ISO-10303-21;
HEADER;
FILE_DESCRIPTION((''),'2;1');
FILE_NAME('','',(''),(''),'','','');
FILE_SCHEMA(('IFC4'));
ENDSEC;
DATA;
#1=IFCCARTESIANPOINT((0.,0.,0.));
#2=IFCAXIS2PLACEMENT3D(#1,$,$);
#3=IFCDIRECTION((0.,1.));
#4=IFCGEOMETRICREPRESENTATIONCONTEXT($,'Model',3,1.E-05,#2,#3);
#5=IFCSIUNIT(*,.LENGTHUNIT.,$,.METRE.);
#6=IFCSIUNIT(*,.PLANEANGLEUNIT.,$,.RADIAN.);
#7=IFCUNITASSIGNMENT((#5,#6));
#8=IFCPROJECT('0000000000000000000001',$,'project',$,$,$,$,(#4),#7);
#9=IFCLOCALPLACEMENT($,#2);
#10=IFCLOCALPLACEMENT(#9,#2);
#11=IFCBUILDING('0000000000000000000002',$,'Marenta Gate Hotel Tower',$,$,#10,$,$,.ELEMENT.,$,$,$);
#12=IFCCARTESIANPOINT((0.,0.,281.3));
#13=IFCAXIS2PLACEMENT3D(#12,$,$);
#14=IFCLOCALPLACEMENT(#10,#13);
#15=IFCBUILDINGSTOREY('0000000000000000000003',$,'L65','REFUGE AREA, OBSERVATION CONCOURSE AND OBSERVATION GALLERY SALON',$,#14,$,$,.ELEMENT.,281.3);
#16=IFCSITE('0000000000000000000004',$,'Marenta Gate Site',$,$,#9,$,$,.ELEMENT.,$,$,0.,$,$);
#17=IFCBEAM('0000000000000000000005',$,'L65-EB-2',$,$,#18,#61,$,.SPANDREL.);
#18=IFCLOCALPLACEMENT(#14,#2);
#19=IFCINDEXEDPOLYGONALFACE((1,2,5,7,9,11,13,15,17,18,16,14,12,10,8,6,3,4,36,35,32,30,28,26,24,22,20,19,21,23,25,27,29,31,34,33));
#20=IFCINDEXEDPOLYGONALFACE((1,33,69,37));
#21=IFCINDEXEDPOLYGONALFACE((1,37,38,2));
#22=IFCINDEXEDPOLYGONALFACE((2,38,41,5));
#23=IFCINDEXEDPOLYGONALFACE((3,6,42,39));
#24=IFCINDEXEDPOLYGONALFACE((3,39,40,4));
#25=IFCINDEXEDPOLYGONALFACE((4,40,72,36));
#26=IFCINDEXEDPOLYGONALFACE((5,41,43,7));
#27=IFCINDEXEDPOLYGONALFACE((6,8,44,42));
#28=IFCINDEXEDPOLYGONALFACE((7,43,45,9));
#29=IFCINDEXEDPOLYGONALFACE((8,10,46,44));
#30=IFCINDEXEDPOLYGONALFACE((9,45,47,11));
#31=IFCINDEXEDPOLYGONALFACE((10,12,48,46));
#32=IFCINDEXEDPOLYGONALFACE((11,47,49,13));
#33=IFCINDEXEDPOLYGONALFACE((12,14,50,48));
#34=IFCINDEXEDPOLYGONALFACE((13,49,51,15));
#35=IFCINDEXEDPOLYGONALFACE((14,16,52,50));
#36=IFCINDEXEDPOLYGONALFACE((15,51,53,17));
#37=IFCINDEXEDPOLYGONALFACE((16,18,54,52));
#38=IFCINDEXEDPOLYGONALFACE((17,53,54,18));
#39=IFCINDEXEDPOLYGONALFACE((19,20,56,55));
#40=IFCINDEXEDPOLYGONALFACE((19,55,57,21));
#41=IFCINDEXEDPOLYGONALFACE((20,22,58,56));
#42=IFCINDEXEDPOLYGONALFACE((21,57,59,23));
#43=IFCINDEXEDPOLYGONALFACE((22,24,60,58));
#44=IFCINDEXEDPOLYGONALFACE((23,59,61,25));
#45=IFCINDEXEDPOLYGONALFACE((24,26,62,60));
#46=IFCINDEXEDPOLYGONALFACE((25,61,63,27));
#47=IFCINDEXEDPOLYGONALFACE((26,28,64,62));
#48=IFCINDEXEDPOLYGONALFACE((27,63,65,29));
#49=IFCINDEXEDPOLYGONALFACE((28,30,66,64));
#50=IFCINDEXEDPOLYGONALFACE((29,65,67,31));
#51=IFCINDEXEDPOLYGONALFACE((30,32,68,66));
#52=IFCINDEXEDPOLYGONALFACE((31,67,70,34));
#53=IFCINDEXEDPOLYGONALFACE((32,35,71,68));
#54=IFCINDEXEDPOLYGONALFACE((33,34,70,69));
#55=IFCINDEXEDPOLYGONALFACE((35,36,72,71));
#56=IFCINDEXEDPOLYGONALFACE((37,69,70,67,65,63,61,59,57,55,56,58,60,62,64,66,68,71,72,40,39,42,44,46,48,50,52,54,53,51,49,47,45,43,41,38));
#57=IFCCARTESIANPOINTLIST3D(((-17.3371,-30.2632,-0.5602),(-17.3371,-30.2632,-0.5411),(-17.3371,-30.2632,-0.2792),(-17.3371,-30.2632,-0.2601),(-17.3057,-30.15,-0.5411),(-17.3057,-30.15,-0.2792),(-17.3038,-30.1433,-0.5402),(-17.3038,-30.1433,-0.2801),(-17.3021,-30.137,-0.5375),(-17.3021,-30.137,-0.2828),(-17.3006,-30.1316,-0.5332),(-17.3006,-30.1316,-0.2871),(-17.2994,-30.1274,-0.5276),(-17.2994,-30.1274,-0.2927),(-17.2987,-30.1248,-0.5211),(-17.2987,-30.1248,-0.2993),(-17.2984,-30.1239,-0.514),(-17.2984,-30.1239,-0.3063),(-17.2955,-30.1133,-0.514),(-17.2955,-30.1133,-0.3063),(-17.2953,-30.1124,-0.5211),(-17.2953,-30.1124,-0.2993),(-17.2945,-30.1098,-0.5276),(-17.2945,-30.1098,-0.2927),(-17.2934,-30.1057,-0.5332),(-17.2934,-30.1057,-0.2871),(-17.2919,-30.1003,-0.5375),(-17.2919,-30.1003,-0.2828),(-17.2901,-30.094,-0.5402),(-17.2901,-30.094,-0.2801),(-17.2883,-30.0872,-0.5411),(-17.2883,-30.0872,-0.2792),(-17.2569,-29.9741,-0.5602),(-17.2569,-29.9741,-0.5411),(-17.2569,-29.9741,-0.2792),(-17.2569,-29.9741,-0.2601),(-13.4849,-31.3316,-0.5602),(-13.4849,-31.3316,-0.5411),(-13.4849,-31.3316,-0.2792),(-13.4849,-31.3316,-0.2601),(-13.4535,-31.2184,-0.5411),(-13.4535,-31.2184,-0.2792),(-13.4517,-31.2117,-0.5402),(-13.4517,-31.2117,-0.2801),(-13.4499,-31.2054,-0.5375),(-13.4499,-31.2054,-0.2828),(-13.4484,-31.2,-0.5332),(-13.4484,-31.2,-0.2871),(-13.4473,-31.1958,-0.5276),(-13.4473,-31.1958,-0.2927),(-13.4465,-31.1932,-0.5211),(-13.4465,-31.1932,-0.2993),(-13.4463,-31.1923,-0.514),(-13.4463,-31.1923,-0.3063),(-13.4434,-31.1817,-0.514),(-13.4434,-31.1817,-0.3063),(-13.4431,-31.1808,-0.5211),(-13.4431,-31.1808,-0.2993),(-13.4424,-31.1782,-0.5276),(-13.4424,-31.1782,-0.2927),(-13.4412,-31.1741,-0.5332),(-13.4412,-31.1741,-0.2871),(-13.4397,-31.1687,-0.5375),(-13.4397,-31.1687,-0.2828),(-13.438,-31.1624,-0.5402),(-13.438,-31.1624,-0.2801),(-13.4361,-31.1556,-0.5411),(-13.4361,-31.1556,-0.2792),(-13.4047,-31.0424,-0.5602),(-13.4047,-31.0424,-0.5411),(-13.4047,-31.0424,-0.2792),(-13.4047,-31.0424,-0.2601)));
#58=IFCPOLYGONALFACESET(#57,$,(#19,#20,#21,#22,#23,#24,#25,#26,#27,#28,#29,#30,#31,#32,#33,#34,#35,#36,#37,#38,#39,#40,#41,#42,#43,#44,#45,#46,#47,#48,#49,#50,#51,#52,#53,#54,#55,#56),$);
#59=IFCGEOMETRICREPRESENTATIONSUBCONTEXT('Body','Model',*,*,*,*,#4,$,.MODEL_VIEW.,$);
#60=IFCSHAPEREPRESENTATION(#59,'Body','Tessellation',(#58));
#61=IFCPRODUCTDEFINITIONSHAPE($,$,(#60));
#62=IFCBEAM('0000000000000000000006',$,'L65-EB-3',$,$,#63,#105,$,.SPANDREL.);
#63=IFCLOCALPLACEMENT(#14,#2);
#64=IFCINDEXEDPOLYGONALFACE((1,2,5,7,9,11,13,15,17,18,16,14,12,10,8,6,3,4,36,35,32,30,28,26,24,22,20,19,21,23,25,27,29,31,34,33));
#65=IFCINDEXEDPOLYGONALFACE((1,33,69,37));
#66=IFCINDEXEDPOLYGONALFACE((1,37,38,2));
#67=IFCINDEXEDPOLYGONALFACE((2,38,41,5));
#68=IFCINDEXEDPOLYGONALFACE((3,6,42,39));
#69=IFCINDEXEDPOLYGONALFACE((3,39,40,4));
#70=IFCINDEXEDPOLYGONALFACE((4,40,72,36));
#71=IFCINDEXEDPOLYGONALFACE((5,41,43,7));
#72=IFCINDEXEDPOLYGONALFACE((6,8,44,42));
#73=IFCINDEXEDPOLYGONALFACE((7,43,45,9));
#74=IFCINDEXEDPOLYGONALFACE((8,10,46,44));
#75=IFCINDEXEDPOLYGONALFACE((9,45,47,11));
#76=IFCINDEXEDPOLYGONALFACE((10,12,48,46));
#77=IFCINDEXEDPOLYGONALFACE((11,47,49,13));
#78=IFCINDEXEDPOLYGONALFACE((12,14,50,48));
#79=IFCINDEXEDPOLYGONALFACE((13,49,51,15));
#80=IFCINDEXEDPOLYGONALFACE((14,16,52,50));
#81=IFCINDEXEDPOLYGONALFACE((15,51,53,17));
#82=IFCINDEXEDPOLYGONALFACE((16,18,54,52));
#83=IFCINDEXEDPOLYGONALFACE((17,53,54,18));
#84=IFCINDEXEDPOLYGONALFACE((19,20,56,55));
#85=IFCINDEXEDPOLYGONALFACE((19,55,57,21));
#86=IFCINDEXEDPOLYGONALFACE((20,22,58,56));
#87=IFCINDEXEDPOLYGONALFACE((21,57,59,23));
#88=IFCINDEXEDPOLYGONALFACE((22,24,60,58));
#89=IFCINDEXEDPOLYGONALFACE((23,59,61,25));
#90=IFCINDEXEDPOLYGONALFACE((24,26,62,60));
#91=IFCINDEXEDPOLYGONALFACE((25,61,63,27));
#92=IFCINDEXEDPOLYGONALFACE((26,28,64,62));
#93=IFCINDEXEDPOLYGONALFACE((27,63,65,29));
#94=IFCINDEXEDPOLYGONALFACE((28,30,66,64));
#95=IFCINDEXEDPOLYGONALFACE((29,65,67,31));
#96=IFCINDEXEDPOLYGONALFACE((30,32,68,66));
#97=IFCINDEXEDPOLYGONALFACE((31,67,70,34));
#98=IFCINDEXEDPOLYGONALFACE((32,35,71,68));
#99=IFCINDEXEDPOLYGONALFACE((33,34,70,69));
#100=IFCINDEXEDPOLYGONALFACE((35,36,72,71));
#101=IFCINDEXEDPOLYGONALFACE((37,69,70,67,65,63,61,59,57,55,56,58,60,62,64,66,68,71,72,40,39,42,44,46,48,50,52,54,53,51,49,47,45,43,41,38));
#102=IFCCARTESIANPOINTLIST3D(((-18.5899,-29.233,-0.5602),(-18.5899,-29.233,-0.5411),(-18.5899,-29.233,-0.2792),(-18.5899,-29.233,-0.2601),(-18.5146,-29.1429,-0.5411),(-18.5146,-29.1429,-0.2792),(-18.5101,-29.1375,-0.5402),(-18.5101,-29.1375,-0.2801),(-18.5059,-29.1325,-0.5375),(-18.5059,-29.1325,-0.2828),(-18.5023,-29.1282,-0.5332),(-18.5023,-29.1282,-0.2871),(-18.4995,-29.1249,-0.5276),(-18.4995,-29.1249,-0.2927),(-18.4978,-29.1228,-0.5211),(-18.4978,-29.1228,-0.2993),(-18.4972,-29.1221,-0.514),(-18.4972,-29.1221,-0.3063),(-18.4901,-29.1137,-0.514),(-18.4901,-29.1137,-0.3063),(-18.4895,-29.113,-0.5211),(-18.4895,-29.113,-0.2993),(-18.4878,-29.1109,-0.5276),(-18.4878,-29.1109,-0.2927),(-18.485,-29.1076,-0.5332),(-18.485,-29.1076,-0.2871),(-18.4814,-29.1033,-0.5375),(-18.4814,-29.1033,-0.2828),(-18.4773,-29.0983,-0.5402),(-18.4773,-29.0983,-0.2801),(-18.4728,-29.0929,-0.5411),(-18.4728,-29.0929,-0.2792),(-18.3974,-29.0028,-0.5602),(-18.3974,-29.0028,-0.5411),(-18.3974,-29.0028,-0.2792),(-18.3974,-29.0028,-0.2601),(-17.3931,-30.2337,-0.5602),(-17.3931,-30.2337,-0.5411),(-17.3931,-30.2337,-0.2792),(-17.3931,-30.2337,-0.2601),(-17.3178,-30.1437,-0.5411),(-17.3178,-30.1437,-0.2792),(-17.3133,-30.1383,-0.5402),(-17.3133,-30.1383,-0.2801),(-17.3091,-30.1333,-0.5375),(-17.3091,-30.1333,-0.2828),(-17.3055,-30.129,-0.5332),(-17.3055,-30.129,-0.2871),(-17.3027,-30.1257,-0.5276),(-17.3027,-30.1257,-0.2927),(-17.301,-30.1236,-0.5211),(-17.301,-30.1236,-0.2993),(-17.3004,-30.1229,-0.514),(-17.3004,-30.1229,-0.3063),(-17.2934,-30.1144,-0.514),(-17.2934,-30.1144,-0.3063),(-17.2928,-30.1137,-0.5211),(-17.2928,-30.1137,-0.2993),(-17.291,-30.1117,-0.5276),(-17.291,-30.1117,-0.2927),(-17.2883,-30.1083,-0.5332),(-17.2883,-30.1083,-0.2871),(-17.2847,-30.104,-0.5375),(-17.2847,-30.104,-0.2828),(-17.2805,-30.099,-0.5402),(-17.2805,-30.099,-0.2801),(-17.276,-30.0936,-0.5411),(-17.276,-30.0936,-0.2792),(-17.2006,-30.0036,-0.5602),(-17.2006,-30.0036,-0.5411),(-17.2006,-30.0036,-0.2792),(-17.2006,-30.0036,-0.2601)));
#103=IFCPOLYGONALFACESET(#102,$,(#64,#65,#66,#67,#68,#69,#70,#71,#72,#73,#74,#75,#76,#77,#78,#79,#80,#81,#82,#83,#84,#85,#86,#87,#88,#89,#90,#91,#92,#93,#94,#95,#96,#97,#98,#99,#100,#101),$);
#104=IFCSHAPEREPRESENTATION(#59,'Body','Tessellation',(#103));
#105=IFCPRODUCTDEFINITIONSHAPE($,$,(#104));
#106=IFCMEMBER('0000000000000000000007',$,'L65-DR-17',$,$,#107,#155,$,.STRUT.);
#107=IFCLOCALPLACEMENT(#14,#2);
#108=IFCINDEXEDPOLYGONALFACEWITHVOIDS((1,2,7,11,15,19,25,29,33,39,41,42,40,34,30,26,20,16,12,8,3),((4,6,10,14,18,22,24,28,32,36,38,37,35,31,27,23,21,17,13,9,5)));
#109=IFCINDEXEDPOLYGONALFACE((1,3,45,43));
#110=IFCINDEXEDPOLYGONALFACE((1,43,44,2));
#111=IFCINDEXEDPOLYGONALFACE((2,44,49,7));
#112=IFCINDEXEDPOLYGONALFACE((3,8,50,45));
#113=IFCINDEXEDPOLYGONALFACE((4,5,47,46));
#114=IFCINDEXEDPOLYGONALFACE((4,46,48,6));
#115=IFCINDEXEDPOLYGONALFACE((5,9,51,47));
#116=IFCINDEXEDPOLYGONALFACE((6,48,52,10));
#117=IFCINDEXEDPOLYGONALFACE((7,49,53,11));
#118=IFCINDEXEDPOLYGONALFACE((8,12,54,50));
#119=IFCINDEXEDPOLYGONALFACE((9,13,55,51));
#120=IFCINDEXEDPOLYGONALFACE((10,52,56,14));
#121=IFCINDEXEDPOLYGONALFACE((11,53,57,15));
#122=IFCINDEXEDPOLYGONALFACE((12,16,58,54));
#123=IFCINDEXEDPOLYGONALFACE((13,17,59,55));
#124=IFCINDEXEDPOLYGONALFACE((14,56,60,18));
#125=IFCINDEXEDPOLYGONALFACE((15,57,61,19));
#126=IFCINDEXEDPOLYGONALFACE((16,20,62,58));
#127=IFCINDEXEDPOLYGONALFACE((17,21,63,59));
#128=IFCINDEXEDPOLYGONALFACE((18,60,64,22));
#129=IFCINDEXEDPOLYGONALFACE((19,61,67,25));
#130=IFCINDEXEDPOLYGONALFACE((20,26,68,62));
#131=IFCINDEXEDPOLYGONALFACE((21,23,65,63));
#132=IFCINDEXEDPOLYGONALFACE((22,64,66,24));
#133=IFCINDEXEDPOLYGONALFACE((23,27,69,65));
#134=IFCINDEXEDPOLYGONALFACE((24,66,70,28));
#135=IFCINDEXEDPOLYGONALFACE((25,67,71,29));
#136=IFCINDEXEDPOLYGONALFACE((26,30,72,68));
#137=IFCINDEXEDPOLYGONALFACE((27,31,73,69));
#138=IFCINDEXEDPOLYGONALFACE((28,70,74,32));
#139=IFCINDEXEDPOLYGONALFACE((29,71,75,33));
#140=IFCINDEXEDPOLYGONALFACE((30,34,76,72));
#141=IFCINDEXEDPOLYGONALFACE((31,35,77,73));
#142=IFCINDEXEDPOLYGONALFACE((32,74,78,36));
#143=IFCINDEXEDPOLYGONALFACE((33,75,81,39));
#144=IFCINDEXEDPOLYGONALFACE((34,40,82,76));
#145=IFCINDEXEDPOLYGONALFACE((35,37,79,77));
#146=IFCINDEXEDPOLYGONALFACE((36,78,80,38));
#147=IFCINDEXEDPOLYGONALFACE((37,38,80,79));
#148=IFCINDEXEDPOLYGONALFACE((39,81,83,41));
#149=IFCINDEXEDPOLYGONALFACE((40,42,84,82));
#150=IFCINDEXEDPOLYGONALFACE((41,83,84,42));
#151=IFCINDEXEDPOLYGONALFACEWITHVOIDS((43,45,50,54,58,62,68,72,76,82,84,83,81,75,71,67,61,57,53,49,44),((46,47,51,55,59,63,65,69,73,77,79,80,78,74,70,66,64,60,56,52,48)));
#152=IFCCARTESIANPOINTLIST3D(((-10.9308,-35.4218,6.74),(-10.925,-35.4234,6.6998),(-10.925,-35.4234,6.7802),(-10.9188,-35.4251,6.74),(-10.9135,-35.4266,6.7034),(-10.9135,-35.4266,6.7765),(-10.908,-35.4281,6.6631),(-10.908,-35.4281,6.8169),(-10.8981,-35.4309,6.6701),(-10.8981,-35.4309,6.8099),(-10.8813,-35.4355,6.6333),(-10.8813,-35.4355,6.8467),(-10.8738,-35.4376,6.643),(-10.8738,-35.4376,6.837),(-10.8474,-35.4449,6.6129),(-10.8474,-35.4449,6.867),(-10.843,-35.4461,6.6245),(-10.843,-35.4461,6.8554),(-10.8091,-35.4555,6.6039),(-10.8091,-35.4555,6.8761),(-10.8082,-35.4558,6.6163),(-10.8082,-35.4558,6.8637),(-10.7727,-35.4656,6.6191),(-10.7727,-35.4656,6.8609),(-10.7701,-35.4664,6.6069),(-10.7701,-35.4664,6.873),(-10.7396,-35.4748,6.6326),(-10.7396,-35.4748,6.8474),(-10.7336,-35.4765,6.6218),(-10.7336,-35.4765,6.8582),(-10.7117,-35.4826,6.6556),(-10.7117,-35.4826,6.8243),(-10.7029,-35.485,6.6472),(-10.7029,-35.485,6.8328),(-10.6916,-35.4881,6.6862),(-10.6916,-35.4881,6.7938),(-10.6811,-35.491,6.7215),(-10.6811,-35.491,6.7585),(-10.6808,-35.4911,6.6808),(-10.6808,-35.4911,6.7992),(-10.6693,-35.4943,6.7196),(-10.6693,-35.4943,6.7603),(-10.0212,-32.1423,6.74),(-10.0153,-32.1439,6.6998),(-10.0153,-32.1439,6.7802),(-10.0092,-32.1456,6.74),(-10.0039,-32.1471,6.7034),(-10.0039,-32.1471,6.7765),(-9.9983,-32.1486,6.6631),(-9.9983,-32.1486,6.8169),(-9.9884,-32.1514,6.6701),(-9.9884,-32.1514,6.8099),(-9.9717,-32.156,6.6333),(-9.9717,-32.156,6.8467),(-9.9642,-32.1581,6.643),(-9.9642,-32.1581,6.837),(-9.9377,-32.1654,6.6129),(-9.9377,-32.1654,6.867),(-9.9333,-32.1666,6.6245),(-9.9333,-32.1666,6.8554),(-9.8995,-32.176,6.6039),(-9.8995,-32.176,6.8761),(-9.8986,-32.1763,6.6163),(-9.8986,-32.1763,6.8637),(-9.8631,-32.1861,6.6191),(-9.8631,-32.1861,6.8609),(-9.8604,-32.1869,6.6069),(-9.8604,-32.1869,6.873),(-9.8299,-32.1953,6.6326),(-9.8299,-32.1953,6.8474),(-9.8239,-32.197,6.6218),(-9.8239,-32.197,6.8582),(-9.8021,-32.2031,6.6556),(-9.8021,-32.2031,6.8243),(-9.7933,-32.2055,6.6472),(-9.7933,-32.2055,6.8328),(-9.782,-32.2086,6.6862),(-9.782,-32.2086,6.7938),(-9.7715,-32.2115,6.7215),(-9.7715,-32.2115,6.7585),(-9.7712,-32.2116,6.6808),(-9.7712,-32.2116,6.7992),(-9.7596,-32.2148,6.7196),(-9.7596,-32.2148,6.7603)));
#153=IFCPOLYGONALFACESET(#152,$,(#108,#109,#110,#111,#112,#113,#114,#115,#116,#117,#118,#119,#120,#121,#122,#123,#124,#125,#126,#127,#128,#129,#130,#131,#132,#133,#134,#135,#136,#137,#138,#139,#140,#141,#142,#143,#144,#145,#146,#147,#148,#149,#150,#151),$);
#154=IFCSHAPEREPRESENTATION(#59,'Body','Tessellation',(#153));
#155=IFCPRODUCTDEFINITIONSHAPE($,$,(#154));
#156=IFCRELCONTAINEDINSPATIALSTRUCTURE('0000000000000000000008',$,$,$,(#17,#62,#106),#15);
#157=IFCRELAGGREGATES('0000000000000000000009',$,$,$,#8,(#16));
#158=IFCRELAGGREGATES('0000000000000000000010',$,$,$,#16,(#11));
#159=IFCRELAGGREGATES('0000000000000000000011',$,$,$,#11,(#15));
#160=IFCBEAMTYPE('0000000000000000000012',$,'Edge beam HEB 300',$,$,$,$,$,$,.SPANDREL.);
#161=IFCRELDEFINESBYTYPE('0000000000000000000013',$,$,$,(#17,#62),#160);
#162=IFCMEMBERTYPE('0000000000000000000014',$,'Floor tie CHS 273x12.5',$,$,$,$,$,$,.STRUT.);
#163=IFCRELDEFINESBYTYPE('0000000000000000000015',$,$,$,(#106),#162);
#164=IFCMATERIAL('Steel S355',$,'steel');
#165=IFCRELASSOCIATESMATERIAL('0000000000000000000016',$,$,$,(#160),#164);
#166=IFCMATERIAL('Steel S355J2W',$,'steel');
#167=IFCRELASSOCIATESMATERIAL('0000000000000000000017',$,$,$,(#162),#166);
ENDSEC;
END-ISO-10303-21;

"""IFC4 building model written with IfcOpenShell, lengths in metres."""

from ifc_helpers import new_model, si_unit, direction, frame, origin, origin_2d, place, context, subcontext, project, spatial, hollow_circle, i_section, extrude, material, material_profile, profile_set, type_object, element, save


model = new_model("IFC4")

# Units and contexts
model_context = context("Model", 3, precision=1e-05, world=origin(), true_north=direction((0.0, 1.0)))
body_context = subcontext(model_context, "Body", "Model", "MODEL_VIEW")
ifc_project = project(units=[si_unit("LENGTHUNIT", "METRE"), si_unit("PLANEANGLEUNIT", "RADIAN")], contexts=[model_context])

# Site, building, storey
site_placement = place(None, origin())
site = spatial("IfcSite", under=ifc_project, at=site_placement, Name="Marenta Gate Site", CompositionType="ELEMENT", RefElevation=0.0)
building_placement = place(site_placement, origin())
building = spatial("IfcBuilding", under=site, at=building_placement, Name="Marenta Gate Hotel Tower", CompositionType="ELEMENT")
storey_placement = place(building_placement, frame((0.0, 0.0, 281.3)))
storey = spatial("IfcBuildingStorey", under=building, at=storey_placement, Name="L65", Description="REFUGE AREA, OBSERVATION CONCOURSE AND OBSERVATION GALLERY SALON", CompositionType="ELEMENT", Elevation=281.3)

# Beams
ifc_material_1 = material(Name="Steel S355", Category="steel")
ifc_material_profile_1 = material_profile(ifc_material_1, i_section(OverallWidth=0.3, OverallDepth=0.3, WebThickness=0.011, FlangeThickness=0.019, FilletRadius=0.0271, at=origin_2d()), Name="HEB 300")
ifc_profile_set_1 = profile_set([ifc_material_profile_1], Name="Steel S355")
beam_type = type_object("IfcBeamType", Name="Edge beam HEB 300", PredefinedType="SPANDREL", material=ifc_profile_set_1)
beam_1_placement = place(storey_placement, frame((-13.4448, -31.187, -0.4102), z_axis=(-0.963625, 0.26726, 0.0), x_axis=(-0.26726, -0.963625, 0.0)))
element("IfcBeam", 1, at=beam_1_placement, inside=storey, type_object=beam_type, Name="L65-EB-2", PredefinedType="SPANDREL", context=body_context, shape_type="SweptSolid", body=[
    extrude(i_section(OverallWidth=0.3, OverallDepth=0.3, WebThickness=0.011, FlangeThickness=0.019, FilletRadius=0.0271, at=origin_2d()), origin(), (0.0, 0.0, 1.0), 3.9976),
])
beam_2_placement = place(storey_placement, frame((-17.2969, -30.1187, -0.4102), z_axis=(-0.767143, 0.641477, 0.0), x_axis=(-0.641477, -0.767143, 0.0)))
element("IfcBeam", 2, at=beam_2_placement, inside=storey, type_object=beam_type, Name="L65-EB-3", PredefinedType="SPANDREL", context=body_context, shape_type="SweptSolid", body=[
    extrude(i_section(OverallWidth=0.3, OverallDepth=0.3, WebThickness=0.011, FlangeThickness=0.019, FilletRadius=0.0271, at=origin_2d()), origin(), (0.0, 0.0, 1.0), 1.5601),
])

# Member
ifc_material_2 = material(Name="Steel S355J2W", Category="steel")
ifc_material_profile_2 = material_profile(ifc_material_2, hollow_circle(Radius=0.1365, WallThickness=0.0125, at=origin_2d()), Name="CHS 273x12.5")
ifc_profile_set_2 = profile_set([ifc_material_profile_2], Name="Steel S355J2W")
member_type_1 = type_object("IfcMemberType", Name="Floor tie CHS 273x12.5", PredefinedType="STRUT", material=ifc_profile_set_2)
member_1_placement = place(storey_placement, frame((-10.7993, -35.4583, 6.74), z_axis=(0.267285, 0.963618, 0.0), x_axis=(-0.963618, 0.267285, 0.0)))
element("IfcMember", 3, at=member_1_placement, inside=storey, type_object=member_type_1, Name="L65-DR-17", PredefinedType="STRUT", context=body_context, shape_type="SweptSolid", body=[
    extrude(hollow_circle(Radius=0.1365, WallThickness=0.0125, at=origin_2d()), origin(), (0.0, 0.0, 1.0), 3.4033),
])

save(model, "model.ifc")
